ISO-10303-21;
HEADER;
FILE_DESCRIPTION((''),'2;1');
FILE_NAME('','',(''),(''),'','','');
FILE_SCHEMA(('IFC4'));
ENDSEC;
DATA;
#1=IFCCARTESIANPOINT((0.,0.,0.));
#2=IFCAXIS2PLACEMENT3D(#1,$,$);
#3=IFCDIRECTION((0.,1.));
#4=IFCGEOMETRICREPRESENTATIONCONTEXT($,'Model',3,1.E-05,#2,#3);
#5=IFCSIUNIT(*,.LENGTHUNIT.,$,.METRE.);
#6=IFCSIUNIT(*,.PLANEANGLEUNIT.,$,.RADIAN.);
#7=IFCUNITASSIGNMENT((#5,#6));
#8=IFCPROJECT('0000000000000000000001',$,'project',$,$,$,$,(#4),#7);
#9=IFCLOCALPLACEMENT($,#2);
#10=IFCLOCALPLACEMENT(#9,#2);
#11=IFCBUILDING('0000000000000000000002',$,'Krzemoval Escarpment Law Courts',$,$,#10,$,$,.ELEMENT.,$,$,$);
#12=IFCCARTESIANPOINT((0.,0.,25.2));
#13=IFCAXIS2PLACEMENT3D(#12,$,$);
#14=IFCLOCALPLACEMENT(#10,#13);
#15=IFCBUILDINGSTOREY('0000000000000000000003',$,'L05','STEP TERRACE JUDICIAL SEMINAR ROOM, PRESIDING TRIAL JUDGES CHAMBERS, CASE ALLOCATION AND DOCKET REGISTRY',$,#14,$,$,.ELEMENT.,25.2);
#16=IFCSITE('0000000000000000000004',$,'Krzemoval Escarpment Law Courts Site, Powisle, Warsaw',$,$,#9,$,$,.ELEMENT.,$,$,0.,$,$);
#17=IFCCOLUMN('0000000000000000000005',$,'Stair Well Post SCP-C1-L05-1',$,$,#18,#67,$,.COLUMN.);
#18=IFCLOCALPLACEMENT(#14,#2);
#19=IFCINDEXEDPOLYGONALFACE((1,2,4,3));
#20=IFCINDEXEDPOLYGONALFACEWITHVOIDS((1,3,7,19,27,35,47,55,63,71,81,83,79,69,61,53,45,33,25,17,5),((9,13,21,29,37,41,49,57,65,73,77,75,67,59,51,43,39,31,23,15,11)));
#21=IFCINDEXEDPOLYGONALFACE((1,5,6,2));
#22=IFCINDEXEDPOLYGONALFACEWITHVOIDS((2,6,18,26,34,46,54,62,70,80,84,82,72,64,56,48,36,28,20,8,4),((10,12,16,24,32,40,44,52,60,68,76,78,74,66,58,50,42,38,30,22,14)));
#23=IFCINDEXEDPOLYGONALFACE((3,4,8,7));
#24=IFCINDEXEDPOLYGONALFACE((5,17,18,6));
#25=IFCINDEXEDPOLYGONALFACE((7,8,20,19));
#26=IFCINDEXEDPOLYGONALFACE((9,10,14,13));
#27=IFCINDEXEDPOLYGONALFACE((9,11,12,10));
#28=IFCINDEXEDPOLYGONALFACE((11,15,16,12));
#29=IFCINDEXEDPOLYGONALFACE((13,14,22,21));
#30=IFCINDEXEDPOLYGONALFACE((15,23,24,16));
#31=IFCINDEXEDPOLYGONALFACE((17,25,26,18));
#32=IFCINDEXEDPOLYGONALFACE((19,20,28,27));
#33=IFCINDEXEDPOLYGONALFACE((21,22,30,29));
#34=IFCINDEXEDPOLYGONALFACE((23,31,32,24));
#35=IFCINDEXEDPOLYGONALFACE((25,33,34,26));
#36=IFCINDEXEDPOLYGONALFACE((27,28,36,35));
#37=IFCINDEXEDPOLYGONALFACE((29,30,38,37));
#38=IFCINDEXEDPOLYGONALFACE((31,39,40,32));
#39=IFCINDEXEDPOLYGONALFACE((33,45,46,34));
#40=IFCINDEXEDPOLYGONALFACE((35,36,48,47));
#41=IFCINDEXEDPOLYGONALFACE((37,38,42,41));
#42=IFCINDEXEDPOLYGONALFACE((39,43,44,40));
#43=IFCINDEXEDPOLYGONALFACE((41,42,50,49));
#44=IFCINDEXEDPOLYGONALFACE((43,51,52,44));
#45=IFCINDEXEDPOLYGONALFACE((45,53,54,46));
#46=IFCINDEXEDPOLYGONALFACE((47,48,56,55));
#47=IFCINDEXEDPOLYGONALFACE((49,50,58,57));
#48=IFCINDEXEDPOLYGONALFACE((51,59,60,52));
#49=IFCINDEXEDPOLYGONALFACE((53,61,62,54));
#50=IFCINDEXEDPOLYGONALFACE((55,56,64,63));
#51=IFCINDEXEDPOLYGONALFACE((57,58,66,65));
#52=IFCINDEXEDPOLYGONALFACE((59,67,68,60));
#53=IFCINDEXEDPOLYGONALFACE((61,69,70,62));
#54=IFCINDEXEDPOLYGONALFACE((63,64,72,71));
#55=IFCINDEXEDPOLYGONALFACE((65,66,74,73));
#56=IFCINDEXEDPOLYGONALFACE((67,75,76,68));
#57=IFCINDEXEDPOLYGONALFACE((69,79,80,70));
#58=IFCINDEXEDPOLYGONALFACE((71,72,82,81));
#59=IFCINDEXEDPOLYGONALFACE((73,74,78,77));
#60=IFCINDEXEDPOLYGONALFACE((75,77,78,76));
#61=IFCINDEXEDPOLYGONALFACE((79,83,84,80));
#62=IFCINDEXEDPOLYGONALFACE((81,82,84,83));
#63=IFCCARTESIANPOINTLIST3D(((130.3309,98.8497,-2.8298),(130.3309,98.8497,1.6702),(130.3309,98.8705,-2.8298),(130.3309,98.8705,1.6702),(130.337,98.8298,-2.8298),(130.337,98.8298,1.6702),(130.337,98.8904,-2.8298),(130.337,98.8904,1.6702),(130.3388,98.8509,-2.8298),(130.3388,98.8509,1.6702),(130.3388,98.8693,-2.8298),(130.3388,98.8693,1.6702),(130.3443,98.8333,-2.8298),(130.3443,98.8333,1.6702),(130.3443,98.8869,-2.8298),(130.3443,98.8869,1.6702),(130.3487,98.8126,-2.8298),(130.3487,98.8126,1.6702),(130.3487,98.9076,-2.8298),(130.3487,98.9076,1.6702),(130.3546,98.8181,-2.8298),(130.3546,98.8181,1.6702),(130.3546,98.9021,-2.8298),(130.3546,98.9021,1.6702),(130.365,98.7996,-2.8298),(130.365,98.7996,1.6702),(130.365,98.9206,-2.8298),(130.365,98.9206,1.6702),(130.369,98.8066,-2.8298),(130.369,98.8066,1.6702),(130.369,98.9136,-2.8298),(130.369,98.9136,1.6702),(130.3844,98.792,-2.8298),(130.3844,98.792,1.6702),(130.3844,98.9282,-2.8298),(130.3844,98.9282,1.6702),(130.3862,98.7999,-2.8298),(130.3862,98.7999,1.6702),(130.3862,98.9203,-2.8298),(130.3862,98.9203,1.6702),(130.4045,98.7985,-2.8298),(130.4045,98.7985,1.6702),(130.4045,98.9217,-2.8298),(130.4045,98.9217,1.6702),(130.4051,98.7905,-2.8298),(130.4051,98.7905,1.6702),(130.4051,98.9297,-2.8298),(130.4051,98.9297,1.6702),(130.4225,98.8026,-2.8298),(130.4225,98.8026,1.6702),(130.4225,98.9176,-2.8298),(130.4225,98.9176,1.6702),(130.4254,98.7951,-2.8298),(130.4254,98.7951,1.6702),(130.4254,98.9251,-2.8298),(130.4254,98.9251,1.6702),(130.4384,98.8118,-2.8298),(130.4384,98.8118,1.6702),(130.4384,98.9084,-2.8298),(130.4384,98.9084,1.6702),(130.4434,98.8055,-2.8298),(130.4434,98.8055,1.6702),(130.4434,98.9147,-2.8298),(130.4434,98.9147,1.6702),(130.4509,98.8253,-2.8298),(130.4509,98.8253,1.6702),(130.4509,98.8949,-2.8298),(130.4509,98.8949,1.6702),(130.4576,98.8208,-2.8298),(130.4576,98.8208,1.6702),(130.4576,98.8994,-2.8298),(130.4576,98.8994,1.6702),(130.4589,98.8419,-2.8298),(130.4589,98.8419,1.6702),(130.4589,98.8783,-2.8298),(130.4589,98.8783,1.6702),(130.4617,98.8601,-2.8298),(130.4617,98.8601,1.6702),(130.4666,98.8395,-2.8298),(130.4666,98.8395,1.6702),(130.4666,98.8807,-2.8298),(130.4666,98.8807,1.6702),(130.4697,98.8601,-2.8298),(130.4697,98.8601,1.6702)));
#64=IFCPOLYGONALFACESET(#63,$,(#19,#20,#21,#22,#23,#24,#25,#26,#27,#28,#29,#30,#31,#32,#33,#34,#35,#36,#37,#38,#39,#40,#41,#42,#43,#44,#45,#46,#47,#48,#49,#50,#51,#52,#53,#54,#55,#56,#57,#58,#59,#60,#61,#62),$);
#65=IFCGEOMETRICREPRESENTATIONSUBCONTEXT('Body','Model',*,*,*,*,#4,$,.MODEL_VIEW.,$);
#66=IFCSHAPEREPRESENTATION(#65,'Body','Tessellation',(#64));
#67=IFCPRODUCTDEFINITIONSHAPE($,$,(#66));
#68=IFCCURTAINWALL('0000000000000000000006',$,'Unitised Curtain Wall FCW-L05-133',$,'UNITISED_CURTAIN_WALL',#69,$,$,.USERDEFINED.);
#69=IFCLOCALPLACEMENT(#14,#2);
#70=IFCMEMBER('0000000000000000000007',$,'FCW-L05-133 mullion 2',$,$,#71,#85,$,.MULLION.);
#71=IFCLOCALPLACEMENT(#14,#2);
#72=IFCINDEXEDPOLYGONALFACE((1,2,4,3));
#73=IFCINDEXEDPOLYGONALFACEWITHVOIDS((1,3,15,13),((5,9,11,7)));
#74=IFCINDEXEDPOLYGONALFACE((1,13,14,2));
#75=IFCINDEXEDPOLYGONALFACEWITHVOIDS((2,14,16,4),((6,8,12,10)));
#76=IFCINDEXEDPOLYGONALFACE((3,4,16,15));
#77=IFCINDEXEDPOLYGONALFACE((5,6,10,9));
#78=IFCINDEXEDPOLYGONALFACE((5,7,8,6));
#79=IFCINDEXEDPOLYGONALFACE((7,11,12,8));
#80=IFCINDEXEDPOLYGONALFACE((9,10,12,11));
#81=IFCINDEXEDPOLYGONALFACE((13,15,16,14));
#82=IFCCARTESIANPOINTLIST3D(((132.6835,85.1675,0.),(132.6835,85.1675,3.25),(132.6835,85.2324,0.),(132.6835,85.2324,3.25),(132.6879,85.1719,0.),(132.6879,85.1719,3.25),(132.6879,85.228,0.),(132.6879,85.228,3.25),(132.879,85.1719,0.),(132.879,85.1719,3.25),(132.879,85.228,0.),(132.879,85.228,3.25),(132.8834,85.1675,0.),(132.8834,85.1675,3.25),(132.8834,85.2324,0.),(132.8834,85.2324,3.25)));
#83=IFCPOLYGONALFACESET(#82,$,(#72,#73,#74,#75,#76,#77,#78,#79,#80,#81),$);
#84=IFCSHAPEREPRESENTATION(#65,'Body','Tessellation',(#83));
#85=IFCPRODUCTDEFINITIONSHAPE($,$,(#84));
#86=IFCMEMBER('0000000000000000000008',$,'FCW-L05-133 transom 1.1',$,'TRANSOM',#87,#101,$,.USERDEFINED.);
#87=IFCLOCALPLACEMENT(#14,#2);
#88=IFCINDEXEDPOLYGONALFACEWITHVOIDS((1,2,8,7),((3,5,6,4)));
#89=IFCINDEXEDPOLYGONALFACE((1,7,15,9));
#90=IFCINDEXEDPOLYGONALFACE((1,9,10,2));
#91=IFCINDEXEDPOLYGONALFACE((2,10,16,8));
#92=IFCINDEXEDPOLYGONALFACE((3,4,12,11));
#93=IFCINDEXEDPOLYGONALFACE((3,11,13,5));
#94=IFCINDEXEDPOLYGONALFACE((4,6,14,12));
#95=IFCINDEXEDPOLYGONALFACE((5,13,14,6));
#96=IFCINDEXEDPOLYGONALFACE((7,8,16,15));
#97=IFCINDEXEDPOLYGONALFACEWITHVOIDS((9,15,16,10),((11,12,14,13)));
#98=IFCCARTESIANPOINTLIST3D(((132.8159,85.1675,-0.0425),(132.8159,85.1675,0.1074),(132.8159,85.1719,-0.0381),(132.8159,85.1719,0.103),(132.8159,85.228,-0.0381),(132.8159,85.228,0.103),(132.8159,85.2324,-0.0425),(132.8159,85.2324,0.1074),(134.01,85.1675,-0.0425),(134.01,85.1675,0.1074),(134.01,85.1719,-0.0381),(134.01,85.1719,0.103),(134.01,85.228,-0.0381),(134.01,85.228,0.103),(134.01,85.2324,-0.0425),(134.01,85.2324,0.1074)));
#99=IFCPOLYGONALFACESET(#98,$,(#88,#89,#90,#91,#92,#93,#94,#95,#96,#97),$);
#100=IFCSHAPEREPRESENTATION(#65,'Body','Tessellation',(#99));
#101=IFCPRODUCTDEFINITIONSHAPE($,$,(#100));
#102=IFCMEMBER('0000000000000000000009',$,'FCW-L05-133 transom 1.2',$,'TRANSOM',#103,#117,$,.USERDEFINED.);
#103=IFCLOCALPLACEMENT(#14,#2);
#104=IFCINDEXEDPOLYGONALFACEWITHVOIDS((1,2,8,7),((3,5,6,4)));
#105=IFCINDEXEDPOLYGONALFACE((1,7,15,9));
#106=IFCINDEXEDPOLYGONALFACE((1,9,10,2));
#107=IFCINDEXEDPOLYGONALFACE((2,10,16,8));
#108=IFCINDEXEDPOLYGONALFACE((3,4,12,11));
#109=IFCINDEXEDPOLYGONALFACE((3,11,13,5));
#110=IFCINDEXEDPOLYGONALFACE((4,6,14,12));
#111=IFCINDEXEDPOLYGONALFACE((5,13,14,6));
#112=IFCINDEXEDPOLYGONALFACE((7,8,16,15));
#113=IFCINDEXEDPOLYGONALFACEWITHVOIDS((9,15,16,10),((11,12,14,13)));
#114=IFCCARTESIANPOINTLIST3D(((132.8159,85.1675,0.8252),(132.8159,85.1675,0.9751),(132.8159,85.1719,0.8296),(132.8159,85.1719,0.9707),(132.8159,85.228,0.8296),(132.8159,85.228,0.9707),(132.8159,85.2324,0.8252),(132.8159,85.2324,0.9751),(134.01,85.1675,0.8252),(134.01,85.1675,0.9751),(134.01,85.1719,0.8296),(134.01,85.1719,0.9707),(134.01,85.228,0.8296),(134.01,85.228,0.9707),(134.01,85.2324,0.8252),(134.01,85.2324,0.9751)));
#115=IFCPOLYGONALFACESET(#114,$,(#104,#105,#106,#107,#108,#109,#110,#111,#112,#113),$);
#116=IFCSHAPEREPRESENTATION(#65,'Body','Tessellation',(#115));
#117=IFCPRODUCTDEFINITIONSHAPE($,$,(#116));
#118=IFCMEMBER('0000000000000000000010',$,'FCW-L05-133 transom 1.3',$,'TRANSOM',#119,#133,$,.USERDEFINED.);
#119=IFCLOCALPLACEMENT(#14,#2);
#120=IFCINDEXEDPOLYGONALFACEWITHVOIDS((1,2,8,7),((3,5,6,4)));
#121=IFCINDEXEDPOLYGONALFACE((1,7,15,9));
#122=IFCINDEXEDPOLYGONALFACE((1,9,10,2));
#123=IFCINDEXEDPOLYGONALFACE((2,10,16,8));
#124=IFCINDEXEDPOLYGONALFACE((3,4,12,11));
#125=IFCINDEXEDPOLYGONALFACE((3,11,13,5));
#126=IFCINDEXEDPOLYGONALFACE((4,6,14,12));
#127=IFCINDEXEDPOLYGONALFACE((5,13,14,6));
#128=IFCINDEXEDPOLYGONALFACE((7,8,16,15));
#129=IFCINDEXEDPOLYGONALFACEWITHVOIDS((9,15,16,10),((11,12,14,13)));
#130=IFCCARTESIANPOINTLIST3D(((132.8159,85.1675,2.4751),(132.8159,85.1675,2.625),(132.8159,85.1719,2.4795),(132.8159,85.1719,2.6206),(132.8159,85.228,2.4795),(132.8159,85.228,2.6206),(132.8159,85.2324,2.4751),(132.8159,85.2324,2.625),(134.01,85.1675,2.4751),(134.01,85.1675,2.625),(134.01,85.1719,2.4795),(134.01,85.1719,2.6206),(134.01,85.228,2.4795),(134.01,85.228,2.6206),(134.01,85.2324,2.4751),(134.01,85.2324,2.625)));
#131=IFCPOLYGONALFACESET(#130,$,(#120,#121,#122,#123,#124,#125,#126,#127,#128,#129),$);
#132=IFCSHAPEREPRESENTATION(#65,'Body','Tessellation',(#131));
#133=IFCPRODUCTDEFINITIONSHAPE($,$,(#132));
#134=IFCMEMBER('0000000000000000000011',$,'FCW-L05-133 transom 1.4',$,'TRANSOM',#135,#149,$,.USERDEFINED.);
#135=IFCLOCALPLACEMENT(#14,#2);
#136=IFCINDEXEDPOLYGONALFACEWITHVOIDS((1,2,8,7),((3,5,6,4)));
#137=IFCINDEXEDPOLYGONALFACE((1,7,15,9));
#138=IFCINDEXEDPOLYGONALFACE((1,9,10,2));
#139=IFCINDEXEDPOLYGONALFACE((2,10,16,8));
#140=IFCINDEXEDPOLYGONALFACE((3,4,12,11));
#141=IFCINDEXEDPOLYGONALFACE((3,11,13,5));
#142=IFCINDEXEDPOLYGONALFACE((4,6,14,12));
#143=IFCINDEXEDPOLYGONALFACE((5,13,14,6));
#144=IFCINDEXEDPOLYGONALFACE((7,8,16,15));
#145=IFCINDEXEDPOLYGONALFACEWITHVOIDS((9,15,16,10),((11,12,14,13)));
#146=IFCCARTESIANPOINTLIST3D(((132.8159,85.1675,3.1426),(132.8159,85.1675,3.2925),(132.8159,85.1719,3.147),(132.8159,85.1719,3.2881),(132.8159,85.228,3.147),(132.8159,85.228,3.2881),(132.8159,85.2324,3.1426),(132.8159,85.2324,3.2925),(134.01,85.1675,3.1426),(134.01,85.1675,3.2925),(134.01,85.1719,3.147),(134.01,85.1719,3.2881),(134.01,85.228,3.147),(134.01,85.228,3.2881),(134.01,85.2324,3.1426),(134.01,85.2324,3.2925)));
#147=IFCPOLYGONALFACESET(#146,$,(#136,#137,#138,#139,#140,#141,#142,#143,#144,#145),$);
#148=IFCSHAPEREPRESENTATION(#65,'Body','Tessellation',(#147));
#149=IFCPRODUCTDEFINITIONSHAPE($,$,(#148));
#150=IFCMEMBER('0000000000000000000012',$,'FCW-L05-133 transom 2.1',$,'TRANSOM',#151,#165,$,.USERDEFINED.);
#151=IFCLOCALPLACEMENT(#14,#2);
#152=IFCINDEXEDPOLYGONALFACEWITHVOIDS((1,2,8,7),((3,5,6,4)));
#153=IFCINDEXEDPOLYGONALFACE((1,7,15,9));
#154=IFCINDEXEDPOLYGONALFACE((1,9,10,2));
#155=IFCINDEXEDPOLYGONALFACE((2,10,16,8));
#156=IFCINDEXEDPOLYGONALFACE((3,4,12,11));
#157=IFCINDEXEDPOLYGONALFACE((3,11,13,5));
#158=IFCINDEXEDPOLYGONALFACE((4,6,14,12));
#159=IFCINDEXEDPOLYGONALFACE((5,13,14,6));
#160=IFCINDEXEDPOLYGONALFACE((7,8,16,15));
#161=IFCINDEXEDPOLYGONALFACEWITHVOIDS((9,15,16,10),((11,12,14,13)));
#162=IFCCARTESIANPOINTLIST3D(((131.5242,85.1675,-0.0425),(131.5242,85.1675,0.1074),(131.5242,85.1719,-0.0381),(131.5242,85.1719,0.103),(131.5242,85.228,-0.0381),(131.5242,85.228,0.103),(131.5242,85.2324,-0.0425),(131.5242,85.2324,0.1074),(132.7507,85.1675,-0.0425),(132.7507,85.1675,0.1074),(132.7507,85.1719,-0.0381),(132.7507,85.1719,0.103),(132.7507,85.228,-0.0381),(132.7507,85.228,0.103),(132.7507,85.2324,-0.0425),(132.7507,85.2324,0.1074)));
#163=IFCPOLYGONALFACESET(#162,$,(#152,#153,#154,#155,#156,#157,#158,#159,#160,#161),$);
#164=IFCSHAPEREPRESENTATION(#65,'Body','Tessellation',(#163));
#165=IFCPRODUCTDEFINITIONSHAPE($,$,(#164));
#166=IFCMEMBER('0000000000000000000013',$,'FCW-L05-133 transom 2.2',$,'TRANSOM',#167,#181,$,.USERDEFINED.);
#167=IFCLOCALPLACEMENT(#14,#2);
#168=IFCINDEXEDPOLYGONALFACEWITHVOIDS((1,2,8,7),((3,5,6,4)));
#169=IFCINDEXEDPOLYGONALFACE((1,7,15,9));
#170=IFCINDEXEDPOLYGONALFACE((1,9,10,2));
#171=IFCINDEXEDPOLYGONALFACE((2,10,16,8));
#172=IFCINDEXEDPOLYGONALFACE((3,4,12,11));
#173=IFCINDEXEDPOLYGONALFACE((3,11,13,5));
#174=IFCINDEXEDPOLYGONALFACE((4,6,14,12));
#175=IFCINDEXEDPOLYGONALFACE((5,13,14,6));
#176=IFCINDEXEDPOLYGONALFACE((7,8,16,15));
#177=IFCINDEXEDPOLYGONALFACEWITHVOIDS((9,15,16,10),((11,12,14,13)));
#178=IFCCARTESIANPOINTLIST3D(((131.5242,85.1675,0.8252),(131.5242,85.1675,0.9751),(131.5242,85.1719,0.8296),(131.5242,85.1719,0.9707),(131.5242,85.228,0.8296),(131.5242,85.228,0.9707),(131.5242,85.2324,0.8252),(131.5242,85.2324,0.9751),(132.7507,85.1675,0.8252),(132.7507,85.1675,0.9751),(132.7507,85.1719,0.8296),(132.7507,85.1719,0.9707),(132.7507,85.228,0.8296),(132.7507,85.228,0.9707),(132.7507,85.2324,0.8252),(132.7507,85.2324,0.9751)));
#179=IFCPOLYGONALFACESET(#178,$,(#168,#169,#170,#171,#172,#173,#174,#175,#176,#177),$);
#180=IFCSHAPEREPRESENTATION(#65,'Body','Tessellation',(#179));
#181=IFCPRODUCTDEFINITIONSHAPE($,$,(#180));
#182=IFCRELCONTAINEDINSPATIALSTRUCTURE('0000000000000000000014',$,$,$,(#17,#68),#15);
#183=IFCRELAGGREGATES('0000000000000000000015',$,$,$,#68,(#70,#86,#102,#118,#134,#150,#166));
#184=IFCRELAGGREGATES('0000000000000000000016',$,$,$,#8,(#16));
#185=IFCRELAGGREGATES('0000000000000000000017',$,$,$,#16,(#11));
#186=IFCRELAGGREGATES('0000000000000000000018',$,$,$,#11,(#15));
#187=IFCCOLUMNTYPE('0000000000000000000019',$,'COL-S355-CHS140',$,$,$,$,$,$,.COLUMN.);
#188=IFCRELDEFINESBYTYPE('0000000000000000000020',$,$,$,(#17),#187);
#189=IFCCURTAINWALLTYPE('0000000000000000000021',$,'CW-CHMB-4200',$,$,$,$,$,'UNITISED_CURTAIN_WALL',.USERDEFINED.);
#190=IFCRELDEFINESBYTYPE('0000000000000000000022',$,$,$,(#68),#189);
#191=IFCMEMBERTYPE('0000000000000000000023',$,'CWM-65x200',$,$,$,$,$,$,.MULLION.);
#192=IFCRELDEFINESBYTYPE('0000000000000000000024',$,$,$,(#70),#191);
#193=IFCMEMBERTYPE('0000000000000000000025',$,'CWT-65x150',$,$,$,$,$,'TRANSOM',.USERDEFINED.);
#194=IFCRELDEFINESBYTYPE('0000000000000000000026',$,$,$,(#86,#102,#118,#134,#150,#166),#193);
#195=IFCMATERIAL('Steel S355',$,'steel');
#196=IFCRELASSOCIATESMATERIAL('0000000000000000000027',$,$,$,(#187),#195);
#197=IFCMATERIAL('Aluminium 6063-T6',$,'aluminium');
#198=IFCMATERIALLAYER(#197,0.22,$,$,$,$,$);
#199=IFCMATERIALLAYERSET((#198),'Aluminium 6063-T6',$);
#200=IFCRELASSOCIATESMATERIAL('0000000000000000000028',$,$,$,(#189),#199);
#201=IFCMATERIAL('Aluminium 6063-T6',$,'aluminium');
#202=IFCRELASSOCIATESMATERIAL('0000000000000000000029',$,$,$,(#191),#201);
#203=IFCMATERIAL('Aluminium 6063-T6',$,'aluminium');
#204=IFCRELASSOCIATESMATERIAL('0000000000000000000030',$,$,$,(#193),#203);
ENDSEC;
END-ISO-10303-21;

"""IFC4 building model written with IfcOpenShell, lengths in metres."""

from ifc_helpers import new_model, si_unit, direction, frame, origin, origin_2d, place, context, subcontext, project, spatial, hollow_rectangle, hollow_circle, extrude, material, layer, layer_set, material_profile, profile_set, type_object, element, aggregate, save


model = new_model("IFC4")

# Units and contexts
model_context = context("Model", 3, precision=1e-05, world=origin(), true_north=direction((0.0, 1.0)))
body_context = subcontext(model_context, "Body", "Model", "MODEL_VIEW")
ifc_project = project(units=[si_unit("LENGTHUNIT", "METRE"), si_unit("PLANEANGLEUNIT", "RADIAN")], contexts=[model_context])

# Site, building, storey
site_placement = place(None, origin())
site = spatial("IfcSite", under=ifc_project, at=site_placement, Name="Krzemoval Escarpment Law Courts Site, Powisle, Warsaw", CompositionType="ELEMENT", RefElevation=0.0)
building_placement = place(site_placement, origin())
building = spatial("IfcBuilding", under=site, at=building_placement, Name="Krzemoval Escarpment Law Courts", CompositionType="ELEMENT")
storey_placement = place(building_placement, frame((0.0, 0.0, 25.2)))
storey = spatial("IfcBuildingStorey", under=building, at=storey_placement, Name="L05", Description="STEP TERRACE JUDICIAL SEMINAR ROOM, PRESIDING TRIAL JUDGES CHAMBERS, CASE ALLOCATION AND DOCKET REGISTRY", CompositionType="ELEMENT", Elevation=25.2)

# Column
ifc_material_1 = material(Name="Steel S355", Category="steel")
ifc_material_profile_1 = material_profile(ifc_material_1, hollow_circle(Radius=0.0698, WallThickness=0.0081, at=origin_2d()), Name="CHS 139.7x8")
ifc_profile_set_1 = profile_set([ifc_material_profile_1], Name="Steel S355")
column_type = type_object("IfcColumnType", Name="COL-S355-CHS140", PredefinedType="COLUMN", material=ifc_profile_set_1)
column_placement = place(storey_placement, frame((130.3999, 98.8601, -2.8298), z_axis=(0.0, 0.0, 1.0), x_axis=(1.0, 0.0, 0.0)))
element("IfcColumn", 1, at=column_placement, inside=storey, type_object=column_type, Name="Stair Well Post SCP-C1-L05-1", PredefinedType="COLUMN", context=body_context, shape_type="SweptSolid", body=[
    extrude(hollow_circle(Radius=0.0698, WallThickness=0.0081, at=origin_2d()), origin(), (0.0, 0.0, 1.0), 4.5),
])

# Curtain wall, members
ifc_material_2 = material(Name="Aluminium 6063-T6", Category="aluminium")
ifc_layer_1 = layer(ifc_material_2, 0.22)
ifc_layer_set_1 = layer_set([ifc_layer_1], Name="Aluminium 6063-T6")
curtain_wall_type = type_object("IfcCurtainWallType", Name="CW-CHMB-4200", ElementType="UNITISED_CURTAIN_WALL", PredefinedType="USERDEFINED", material=ifc_layer_set_1)
curtain_wall_placement = place(storey_placement, origin())
curtain_wall = element("IfcCurtainWall", 2, at=curtain_wall_placement, inside=storey, type_object=curtain_wall_type, Name="Unitised Curtain Wall FCW-L05-133", ObjectType="UNITISED_CURTAIN_WALL", PredefinedType="USERDEFINED")
ifc_material_3 = material(Name="Aluminium 6063-T6", Category="aluminium")
ifc_material_profile_2 = material_profile(ifc_material_3, hollow_rectangle(XDim=0.0649, YDim=0.2, WallThickness=0.0044, at=origin_2d()), Name="ALU M65x200")
ifc_profile_set_2 = profile_set([ifc_material_profile_2], Name="Aluminium 6063-T6")
member_type_1 = type_object("IfcMemberType", Name="CWM-65x200", PredefinedType="MULLION", material=ifc_profile_set_2)
member_1_placement = place(storey_placement, frame((132.7834, 85.2, 0.0), z_axis=(0.0, 0.0, 1.0), x_axis=(0.0, -1.0, 0.0)))
member_1 = element("IfcMember", 3, at=member_1_placement, type_object=member_type_1, Name="FCW-L05-133 mullion 2", PredefinedType="MULLION", context=body_context, shape_type="SweptSolid", body=[
    extrude(hollow_rectangle(XDim=0.0649, YDim=0.2, WallThickness=0.0044, at=origin_2d()), origin(), (0.0, 0.0, 1.0), 3.25),
])
ifc_material_4 = material(Name="Aluminium 6063-T6", Category="aluminium")
ifc_material_profile_3 = material_profile(ifc_material_4, hollow_rectangle(XDim=0.0649, YDim=0.1499, WallThickness=0.0044, at=origin_2d()), Name="ALU T65x150")
ifc_profile_set_3 = profile_set([ifc_material_profile_3], Name="Aluminium 6063-T6")
member_type_2 = type_object("IfcMemberType", Name="CWT-65x150", ElementType="TRANSOM", PredefinedType="USERDEFINED", material=ifc_profile_set_3)
member_2_placement = place(storey_placement, frame((134.01, 85.2, 0.0325), z_axis=(-1.0, 0.0, 0.0), x_axis=(0.0, -1.0, 0.0)))
member_2 = element("IfcMember", 4, at=member_2_placement, type_object=member_type_2, Name="FCW-L05-133 transom 1.1", ObjectType="TRANSOM", PredefinedType="USERDEFINED", context=body_context, shape_type="SweptSolid", body=[
    extrude(hollow_rectangle(XDim=0.0649, YDim=0.1499, WallThickness=0.0044, at=origin_2d()), origin(), (0.0, 0.0, 1.0), 1.1941),
])
member_3_placement = place(storey_placement, frame((134.01, 85.2, 0.9001), z_axis=(-1.0, 0.0, 0.0), x_axis=(0.0, -1.0, 0.0)))
member_3 = element("IfcMember", 5, at=member_3_placement, type_object=member_type_2, Name="FCW-L05-133 transom 1.2", ObjectType="TRANSOM", PredefinedType="USERDEFINED", context=body_context, shape_type="SweptSolid", body=[
    extrude(hollow_rectangle(XDim=0.0649, YDim=0.1499, WallThickness=0.0044, at=origin_2d()), origin(), (0.0, 0.0, 1.0), 1.1941),
])
member_4_placement = place(storey_placement, frame((134.01, 85.2, 2.55), z_axis=(-1.0, 0.0, 0.0), x_axis=(0.0, -1.0, 0.0)))
member_4 = element("IfcMember", 6, at=member_4_placement, type_object=member_type_2, Name="FCW-L05-133 transom 1.3", ObjectType="TRANSOM", PredefinedType="USERDEFINED", context=body_context, shape_type="SweptSolid", body=[
    extrude(hollow_rectangle(XDim=0.0649, YDim=0.1499, WallThickness=0.0044, at=origin_2d()), origin(), (0.0, 0.0, 1.0), 1.1941),
])
member_5_placement = place(storey_placement, frame((134.01, 85.2, 3.2175), z_axis=(-1.0, 0.0, 0.0), x_axis=(0.0, -1.0, 0.0)))
member_5 = element("IfcMember", 7, at=member_5_placement, type_object=member_type_2, Name="FCW-L05-133 transom 1.4", ObjectType="TRANSOM", PredefinedType="USERDEFINED", context=body_context, shape_type="SweptSolid", body=[
    extrude(hollow_rectangle(XDim=0.0649, YDim=0.1499, WallThickness=0.0044, at=origin_2d()), origin(), (0.0, 0.0, 1.0), 1.1941),
])
member_6_placement = place(storey_placement, frame((132.7507, 85.2, 0.0325), z_axis=(-1.0, 0.0, 0.0), x_axis=(0.0, -1.0, 0.0)))
member_6 = element("IfcMember", 8, at=member_6_placement, type_object=member_type_2, Name="FCW-L05-133 transom 2.1", ObjectType="TRANSOM", PredefinedType="USERDEFINED", context=body_context, shape_type="SweptSolid", body=[
    extrude(hollow_rectangle(XDim=0.0649, YDim=0.1499, WallThickness=0.0044, at=origin_2d()), origin(), (0.0, 0.0, 1.0), 1.2266),
])
member_7_placement = place(storey_placement, frame((132.7507, 85.2, 0.9001), z_axis=(-1.0, 0.0, 0.0), x_axis=(0.0, -1.0, 0.0)))
member_7 = element("IfcMember", 9, at=member_7_placement, type_object=member_type_2, Name="FCW-L05-133 transom 2.2", ObjectType="TRANSOM", PredefinedType="USERDEFINED", context=body_context, shape_type="SweptSolid", body=[
    extrude(hollow_rectangle(XDim=0.0649, YDim=0.1499, WallThickness=0.0044, at=origin_2d()), origin(), (0.0, 0.0, 1.0), 1.2266),
])

aggregate(curtain_wall, [member_1, member_2, member_3, member_4, member_5, member_6, member_7])

save(model, "model.ifc")
